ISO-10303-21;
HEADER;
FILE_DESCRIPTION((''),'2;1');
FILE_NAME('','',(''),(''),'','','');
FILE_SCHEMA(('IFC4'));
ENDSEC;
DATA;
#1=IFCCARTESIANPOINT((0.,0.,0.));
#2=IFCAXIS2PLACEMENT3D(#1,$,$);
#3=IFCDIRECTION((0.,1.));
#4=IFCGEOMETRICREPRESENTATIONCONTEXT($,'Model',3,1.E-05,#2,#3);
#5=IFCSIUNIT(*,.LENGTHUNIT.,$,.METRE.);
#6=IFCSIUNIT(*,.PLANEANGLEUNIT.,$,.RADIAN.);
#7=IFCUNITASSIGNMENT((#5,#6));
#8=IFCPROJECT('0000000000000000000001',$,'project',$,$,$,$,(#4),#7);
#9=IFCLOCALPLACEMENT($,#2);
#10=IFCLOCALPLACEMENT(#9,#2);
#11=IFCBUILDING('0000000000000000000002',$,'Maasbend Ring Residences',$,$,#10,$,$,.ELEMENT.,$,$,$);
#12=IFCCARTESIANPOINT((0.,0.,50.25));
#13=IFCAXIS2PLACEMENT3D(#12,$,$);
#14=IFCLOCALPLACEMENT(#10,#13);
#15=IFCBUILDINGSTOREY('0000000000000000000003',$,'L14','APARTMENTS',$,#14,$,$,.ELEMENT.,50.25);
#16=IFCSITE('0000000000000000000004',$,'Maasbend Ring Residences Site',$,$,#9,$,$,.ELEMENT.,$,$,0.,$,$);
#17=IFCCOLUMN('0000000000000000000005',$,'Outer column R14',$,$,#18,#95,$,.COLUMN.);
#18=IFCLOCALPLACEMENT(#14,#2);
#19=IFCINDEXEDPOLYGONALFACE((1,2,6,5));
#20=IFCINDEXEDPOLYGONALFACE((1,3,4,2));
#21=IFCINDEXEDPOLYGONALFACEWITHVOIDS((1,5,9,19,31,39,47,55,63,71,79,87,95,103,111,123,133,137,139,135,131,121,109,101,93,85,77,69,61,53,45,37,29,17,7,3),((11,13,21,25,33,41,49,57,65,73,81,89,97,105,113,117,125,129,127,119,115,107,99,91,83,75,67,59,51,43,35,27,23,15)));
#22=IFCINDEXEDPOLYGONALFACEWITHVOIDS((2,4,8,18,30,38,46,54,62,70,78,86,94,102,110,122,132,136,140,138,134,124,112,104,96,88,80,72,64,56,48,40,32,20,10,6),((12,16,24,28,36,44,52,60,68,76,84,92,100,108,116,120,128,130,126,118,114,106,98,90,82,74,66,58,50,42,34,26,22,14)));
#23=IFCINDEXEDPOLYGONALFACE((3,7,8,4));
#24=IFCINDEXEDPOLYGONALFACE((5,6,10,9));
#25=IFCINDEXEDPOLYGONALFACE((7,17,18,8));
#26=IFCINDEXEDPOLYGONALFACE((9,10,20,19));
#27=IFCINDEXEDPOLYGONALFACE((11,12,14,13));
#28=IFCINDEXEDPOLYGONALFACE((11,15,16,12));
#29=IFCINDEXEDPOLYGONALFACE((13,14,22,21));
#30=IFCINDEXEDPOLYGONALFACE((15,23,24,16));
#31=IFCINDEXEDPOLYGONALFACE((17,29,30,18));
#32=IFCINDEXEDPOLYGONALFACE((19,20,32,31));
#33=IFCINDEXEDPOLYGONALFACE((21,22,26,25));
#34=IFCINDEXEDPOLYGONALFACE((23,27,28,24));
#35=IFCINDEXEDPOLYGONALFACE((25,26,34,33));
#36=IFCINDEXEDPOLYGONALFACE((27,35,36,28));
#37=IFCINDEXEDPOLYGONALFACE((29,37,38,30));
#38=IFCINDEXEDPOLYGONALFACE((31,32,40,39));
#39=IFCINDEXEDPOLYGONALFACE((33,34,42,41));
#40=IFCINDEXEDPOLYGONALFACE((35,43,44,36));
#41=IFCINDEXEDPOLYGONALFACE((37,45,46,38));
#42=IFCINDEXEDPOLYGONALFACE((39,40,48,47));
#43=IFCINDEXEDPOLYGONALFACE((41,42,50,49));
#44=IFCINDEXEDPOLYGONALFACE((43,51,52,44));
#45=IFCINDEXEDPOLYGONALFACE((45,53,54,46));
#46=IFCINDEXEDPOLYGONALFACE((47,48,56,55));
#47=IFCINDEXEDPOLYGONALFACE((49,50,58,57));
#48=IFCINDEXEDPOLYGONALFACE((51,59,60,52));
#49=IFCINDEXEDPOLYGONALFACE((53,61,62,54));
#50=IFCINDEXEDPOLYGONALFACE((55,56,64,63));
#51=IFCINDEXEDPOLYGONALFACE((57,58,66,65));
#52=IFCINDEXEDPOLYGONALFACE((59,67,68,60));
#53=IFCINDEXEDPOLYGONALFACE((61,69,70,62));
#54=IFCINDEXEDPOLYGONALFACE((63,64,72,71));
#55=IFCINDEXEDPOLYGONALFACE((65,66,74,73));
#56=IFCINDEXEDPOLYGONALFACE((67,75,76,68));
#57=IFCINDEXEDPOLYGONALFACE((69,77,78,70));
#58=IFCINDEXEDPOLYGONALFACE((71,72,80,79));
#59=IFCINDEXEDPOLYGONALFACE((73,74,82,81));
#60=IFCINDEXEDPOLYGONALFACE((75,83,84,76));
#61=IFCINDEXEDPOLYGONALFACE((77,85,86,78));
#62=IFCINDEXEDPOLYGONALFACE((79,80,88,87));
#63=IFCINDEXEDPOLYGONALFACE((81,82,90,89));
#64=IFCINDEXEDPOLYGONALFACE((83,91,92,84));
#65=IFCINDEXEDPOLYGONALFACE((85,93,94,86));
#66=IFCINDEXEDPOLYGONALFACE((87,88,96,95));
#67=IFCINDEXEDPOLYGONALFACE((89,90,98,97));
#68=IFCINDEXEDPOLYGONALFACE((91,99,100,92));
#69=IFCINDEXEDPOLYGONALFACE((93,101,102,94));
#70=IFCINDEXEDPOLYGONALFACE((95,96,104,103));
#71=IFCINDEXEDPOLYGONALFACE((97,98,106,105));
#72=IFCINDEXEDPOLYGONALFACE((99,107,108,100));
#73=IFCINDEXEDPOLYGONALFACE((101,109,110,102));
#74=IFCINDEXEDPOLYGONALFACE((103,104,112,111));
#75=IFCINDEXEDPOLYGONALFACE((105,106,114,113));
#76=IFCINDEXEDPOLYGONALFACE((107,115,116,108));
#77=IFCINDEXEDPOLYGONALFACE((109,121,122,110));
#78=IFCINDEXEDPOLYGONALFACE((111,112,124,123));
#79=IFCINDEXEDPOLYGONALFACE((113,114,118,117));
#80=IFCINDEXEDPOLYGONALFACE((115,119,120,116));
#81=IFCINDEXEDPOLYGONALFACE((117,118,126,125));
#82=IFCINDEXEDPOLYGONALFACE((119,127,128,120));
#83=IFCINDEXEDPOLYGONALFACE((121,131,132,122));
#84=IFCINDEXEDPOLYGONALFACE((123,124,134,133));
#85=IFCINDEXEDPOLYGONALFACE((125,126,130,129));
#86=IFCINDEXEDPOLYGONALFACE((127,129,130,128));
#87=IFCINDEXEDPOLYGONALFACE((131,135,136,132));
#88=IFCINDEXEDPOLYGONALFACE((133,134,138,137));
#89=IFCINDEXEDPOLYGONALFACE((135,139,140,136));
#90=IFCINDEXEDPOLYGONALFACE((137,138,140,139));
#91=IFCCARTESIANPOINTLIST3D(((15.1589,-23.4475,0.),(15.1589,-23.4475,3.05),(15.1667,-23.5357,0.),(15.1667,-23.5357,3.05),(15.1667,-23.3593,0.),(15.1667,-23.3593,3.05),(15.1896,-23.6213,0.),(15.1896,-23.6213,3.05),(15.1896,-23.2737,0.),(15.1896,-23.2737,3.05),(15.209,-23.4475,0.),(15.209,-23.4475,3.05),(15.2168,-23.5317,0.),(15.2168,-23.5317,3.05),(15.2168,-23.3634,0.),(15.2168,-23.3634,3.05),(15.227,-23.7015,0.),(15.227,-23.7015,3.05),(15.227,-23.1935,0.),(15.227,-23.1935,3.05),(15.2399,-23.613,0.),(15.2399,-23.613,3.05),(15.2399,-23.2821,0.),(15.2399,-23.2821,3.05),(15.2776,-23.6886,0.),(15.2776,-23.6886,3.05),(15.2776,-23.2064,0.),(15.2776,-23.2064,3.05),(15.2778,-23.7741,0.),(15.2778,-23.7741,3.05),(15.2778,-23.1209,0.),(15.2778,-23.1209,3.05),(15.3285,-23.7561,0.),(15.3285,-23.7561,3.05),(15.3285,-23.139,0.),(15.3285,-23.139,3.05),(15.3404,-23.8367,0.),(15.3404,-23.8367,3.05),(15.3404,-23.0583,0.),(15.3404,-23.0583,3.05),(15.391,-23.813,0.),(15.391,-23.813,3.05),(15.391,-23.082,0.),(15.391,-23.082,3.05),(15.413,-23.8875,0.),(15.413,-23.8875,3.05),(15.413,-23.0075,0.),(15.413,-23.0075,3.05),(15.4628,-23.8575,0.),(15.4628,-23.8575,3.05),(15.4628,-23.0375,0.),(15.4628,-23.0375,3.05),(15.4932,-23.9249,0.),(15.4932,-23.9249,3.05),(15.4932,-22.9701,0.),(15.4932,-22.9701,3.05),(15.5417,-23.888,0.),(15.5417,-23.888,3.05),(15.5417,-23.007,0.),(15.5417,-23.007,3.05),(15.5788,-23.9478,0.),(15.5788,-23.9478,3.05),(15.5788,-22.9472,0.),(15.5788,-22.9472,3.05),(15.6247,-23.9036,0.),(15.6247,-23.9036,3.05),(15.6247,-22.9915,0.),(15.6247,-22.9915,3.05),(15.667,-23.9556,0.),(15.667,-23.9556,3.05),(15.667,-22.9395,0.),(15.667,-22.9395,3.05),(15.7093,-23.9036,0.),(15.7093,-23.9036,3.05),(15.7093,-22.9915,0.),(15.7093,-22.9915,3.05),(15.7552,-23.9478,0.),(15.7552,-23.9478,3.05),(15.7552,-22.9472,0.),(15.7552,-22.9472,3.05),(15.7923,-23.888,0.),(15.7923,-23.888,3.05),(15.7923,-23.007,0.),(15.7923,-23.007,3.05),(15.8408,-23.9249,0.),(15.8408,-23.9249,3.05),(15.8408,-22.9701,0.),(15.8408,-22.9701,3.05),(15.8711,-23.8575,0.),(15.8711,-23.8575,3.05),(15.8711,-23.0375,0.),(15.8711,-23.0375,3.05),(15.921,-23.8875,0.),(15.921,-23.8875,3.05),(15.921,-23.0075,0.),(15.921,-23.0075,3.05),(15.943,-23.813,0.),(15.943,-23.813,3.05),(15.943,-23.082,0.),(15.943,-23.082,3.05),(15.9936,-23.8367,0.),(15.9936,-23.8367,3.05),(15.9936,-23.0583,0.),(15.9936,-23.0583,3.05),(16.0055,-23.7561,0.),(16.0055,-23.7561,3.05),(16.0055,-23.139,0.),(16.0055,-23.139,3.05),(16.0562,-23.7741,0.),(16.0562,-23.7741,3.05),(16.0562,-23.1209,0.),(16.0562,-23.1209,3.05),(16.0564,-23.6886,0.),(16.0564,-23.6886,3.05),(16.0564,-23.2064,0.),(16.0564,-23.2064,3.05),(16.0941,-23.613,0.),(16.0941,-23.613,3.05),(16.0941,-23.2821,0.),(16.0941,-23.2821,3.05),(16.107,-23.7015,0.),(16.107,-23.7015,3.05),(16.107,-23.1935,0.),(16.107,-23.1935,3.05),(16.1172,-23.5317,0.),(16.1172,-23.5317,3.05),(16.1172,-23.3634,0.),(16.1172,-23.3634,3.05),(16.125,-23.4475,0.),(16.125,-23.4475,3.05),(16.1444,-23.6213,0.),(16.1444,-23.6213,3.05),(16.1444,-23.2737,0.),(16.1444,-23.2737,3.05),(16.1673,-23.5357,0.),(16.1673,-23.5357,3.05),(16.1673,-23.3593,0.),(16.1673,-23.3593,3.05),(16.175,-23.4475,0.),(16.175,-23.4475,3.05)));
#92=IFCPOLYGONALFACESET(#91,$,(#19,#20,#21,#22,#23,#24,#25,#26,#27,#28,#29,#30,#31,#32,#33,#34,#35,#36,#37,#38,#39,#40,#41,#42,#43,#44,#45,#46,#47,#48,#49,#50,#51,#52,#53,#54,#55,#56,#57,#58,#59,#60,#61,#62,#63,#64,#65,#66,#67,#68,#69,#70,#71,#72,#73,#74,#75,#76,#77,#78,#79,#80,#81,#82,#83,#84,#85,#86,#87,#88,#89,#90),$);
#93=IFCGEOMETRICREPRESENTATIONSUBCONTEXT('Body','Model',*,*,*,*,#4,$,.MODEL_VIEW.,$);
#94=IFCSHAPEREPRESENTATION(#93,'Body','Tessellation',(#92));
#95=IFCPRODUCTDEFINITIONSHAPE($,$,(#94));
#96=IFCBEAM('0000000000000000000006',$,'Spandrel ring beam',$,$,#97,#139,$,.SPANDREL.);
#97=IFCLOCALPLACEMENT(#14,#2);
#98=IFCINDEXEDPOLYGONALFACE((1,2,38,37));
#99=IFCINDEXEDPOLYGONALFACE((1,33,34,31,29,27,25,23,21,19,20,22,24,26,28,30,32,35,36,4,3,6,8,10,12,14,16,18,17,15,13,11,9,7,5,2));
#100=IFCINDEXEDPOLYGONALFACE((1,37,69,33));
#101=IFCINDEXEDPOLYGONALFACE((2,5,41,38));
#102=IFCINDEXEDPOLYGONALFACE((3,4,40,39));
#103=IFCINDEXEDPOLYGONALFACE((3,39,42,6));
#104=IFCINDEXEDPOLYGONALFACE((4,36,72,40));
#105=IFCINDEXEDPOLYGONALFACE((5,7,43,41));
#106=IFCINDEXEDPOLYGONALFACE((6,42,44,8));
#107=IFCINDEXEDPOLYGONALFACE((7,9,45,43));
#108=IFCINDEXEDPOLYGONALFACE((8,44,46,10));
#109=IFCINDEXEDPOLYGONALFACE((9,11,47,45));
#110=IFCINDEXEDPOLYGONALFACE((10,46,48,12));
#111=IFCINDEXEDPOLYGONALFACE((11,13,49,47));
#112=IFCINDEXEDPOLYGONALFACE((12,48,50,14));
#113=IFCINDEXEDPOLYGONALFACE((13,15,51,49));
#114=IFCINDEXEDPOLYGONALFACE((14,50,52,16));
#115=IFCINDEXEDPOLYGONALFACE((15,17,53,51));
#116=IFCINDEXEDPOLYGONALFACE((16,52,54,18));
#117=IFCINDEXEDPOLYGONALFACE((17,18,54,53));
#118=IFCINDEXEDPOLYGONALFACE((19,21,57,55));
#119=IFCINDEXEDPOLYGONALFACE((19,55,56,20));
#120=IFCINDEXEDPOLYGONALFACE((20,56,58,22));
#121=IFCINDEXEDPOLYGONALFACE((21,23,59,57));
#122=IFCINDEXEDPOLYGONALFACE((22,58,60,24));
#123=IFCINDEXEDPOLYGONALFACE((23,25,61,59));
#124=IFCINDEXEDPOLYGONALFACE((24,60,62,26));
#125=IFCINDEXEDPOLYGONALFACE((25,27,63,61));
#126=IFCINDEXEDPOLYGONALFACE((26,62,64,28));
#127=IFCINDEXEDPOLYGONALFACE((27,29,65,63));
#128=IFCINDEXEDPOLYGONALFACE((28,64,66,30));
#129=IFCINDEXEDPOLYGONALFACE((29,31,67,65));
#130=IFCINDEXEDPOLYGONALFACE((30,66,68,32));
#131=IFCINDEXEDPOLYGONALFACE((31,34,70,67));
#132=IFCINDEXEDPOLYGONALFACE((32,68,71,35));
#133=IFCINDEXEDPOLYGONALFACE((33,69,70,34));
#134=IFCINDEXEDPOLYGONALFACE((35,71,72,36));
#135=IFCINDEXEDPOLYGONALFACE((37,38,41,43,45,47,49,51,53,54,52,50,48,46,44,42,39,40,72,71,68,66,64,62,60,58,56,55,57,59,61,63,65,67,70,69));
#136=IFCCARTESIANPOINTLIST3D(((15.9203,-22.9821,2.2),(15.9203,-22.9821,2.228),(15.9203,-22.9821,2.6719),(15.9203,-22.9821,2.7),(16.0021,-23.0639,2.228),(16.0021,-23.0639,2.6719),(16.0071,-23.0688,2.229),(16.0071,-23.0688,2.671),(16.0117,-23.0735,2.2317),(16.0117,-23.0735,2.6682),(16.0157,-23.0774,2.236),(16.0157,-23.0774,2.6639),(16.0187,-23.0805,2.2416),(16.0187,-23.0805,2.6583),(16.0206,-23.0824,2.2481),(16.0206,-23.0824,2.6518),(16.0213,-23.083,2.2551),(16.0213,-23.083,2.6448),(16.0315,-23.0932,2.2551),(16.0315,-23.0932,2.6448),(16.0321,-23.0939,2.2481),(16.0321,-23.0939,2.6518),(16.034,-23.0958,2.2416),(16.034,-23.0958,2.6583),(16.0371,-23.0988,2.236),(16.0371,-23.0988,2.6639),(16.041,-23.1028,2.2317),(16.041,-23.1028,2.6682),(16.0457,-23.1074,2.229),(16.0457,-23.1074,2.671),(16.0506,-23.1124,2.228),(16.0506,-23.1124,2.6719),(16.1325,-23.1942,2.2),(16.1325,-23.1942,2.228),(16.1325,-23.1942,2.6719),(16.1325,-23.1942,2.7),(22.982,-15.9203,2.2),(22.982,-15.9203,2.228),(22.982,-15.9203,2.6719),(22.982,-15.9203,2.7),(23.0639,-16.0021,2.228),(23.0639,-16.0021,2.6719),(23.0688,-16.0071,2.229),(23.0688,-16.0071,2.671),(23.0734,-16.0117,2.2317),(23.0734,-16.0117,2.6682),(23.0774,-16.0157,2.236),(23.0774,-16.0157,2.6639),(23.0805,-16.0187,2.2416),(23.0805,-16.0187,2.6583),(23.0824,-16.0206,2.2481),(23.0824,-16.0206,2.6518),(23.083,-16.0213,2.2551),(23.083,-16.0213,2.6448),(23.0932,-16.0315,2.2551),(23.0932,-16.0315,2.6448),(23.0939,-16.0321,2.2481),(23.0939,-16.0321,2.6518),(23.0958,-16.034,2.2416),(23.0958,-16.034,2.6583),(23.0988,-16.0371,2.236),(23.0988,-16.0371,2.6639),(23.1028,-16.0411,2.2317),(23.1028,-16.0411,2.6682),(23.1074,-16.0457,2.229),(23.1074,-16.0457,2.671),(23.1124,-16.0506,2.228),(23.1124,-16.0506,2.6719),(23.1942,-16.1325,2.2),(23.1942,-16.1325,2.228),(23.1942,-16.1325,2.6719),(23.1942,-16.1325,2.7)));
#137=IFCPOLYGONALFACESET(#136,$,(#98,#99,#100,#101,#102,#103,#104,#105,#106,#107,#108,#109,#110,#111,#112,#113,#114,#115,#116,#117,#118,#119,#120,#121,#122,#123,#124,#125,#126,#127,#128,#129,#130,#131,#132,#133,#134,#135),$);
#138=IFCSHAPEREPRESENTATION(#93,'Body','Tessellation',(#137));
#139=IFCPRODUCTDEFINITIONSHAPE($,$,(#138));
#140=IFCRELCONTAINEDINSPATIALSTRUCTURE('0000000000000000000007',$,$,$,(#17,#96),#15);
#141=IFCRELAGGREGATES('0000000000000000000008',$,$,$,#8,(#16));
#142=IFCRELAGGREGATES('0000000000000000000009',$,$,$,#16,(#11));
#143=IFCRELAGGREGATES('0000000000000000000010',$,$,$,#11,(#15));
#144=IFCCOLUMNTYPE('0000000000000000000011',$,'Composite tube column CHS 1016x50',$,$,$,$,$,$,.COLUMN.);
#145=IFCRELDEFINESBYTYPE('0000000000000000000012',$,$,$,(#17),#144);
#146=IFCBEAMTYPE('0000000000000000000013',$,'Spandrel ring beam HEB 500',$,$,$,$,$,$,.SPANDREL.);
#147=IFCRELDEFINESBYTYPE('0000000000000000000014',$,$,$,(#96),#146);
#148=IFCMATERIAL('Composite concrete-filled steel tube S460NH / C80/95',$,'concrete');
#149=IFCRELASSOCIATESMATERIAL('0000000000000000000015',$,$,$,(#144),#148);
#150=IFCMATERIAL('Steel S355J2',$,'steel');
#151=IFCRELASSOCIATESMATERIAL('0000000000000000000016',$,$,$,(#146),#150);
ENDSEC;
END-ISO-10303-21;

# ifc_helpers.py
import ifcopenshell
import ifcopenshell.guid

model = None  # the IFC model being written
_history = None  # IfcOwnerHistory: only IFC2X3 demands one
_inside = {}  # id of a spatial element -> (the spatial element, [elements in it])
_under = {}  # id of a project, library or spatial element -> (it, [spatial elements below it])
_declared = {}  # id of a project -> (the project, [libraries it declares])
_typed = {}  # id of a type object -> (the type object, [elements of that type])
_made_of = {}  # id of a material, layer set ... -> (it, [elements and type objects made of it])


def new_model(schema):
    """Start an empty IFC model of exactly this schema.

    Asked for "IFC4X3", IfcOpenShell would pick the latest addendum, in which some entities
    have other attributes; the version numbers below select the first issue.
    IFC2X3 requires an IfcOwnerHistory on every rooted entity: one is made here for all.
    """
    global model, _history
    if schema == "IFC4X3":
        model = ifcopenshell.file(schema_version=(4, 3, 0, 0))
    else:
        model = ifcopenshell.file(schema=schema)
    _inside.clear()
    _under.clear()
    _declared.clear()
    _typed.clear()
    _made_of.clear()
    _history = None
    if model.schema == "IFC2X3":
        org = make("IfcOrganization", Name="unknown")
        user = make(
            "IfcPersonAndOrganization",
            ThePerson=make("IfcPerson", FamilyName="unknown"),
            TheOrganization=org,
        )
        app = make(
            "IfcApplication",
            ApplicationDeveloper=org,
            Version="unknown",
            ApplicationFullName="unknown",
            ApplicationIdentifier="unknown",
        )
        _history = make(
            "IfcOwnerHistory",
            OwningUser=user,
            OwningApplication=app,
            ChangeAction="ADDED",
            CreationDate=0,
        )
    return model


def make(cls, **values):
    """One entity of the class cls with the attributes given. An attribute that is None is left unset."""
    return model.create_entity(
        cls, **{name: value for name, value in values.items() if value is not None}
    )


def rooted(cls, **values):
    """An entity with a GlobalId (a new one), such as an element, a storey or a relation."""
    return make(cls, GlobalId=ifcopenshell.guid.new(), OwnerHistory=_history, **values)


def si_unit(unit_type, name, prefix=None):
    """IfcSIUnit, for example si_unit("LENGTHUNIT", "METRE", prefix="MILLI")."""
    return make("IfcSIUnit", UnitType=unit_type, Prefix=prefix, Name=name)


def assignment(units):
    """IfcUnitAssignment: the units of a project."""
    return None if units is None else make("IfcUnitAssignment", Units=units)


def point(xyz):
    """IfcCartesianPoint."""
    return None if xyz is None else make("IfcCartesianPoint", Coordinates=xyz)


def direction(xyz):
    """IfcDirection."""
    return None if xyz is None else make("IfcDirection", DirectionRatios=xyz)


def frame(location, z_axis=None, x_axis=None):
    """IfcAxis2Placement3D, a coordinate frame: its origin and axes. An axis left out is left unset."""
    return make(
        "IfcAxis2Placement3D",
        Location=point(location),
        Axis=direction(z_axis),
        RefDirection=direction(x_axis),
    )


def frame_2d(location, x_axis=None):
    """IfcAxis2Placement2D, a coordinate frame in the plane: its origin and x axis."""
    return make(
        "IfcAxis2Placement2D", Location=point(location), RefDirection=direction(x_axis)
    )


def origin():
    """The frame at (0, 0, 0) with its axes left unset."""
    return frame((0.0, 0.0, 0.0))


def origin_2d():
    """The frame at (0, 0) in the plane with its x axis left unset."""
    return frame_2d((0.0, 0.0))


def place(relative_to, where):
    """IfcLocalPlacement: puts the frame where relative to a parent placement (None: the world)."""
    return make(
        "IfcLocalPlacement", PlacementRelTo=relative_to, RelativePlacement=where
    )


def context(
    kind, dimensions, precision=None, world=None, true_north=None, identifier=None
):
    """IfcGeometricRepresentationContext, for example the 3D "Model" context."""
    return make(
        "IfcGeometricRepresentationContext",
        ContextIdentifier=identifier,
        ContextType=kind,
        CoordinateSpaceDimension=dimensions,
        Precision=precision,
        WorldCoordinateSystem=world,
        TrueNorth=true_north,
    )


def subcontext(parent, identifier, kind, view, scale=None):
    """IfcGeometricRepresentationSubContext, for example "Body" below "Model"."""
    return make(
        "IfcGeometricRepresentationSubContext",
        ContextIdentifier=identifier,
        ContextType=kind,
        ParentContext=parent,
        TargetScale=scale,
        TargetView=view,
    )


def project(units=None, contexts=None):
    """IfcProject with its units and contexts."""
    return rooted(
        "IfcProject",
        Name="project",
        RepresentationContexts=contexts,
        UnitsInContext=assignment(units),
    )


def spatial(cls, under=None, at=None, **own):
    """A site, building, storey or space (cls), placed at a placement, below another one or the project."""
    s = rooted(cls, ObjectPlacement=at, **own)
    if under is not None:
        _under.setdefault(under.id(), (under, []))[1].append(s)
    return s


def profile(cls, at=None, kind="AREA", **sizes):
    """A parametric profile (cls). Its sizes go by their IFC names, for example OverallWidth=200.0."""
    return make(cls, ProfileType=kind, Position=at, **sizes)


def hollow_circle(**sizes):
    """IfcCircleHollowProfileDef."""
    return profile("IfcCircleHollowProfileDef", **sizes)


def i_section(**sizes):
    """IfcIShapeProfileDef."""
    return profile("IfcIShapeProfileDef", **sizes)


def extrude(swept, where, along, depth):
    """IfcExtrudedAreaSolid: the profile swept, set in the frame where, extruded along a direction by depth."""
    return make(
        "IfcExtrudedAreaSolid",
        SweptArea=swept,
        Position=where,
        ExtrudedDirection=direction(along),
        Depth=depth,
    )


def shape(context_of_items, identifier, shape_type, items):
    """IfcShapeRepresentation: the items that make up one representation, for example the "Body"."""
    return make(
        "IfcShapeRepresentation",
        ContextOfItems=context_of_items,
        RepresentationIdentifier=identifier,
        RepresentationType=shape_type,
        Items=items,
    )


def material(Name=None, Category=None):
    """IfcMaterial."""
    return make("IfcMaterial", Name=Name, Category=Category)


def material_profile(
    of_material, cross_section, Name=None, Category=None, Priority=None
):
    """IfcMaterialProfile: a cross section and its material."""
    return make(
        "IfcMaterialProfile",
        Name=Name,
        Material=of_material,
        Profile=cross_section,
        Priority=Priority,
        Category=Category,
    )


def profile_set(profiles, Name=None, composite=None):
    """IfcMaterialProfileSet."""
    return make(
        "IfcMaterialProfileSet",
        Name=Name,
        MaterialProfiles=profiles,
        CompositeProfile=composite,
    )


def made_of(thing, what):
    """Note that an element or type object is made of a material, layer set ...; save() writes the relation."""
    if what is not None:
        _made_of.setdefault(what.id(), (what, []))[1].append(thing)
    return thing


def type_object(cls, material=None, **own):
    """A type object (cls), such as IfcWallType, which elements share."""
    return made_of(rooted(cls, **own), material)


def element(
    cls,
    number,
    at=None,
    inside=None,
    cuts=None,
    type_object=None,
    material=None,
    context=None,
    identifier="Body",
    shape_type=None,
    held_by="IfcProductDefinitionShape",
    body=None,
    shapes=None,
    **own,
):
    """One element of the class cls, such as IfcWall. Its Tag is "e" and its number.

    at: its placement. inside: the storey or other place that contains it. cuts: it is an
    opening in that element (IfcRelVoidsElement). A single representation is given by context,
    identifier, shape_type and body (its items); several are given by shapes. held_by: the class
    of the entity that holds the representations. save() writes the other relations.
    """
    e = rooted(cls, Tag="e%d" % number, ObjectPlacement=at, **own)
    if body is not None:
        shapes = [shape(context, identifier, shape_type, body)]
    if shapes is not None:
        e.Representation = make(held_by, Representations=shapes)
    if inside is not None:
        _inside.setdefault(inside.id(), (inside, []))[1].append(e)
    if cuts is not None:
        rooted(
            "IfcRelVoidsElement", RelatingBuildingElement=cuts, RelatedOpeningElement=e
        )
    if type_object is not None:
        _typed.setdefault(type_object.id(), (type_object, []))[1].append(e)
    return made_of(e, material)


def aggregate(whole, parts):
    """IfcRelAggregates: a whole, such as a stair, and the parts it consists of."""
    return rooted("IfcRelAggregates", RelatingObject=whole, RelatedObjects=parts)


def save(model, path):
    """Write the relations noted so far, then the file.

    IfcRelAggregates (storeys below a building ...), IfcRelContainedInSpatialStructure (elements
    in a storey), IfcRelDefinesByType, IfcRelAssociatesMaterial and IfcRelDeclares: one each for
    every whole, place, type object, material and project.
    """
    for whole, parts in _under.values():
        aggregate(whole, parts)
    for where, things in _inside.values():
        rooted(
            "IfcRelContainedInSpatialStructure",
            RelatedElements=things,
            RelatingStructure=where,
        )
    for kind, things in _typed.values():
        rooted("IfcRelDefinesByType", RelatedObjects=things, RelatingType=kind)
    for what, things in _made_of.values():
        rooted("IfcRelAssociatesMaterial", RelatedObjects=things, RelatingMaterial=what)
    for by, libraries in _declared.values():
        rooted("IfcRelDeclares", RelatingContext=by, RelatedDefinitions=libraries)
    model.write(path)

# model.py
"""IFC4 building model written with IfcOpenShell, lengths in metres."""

from ifc_helpers import new_model, si_unit, direction, frame, origin, origin_2d, place, context, subcontext, project, spatial, hollow_circle, i_section, extrude, material, material_profile, profile_set, type_object, element, save


model = new_model("IFC4")

# Units and contexts
model_context = context("Model", 3, precision=1e-05, world=origin(), true_north=direction((0.0, 1.0)))
body_context = subcontext(model_context, "Body", "Model", "MODEL_VIEW")
ifc_project = project(units=[si_unit("LENGTHUNIT", "METRE"), si_unit("PLANEANGLEUNIT", "RADIAN")], contexts=[model_context])

# Site, building, storey
site_placement = place(None, origin())
site = spatial("IfcSite", under=ifc_project, at=site_placement, Name="Maasbend Ring Residences Site", CompositionType="ELEMENT", RefElevation=0.0)
building_placement = place(site_placement, origin())
building = spatial("IfcBuilding", under=site, at=building_placement, Name="Maasbend Ring Residences", CompositionType="ELEMENT")
storey_placement = place(building_placement, frame((0.0, 0.0, 50.25)))
storey = spatial("IfcBuildingStorey", under=building, at=storey_placement, Name="L14", Description="APARTMENTS", CompositionType="ELEMENT", Elevation=50.25)

# Column
ifc_material_1 = material(Name="Composite concrete-filled steel tube S460NH / C80/95", Category="concrete")
ifc_material_profile_1 = material_profile(ifc_material_1, hollow_circle(Radius=0.5081, WallThickness=0.05, at=origin_2d()), Name="Composite tube column CHS 1016x50")
ifc_profile_set_1 = profile_set([ifc_material_profile_1], Name="Composite concrete-filled steel tube S460NH / C80/95")
column_type = type_object("IfcColumnType", Name="Composite tube column CHS 1016x50", PredefinedType="COLUMN", material=ifc_profile_set_1)
column_placement = place(storey_placement, frame((15.667, -23.4475, 0.0), z_axis=(0.0, 0.0, 1.0), x_axis=(1.0, 0.0, 0.0)))
element("IfcColumn", 1, at=column_placement, inside=storey, type_object=column_type, Name="Outer column R14", PredefinedType="COLUMN", context=body_context, shape_type="SweptSolid", body=[
    extrude(hollow_circle(Radius=0.5081, WallThickness=0.05, at=origin_2d()), origin(), (0.0, 0.0, 1.0), 3.05),
])

# Beam
ifc_material_2 = material(Name="Steel S355J2", Category="steel")
ifc_material_profile_2 = material_profile(ifc_material_2, i_section(OverallWidth=0.3, OverallDepth=0.5, WebThickness=0.0144, FlangeThickness=0.0281, FilletRadius=0.0271, at=origin_2d()), Name="HEB 500")
ifc_profile_set_2 = profile_set([ifc_material_profile_2], Name="Steel S355J2")
beam_type = type_object("IfcBeamType", Name="Spandrel ring beam HEB 500", PredefinedType="SPANDREL", material=ifc_profile_set_2)
beam_placement = place(storey_placement, frame((16.0264, -23.0881, 2.45), z_axis=(0.707107, 0.707107, 0.0), x_axis=(-0.707107, 0.707107, 0.0)))
element("IfcBeam", 2, at=beam_placement, inside=storey, type_object=beam_type, Name="Spandrel ring beam", PredefinedType="SPANDREL", context=body_context, shape_type="SweptSolid", body=[
    extrude(i_section(OverallWidth=0.3, OverallDepth=0.5, WebThickness=0.0144, FlangeThickness=0.0281, FilletRadius=0.0271, at=origin_2d()), origin(), (0.0, 0.0, 1.0), 9.9868),
])

save(model, "model.ifc")
